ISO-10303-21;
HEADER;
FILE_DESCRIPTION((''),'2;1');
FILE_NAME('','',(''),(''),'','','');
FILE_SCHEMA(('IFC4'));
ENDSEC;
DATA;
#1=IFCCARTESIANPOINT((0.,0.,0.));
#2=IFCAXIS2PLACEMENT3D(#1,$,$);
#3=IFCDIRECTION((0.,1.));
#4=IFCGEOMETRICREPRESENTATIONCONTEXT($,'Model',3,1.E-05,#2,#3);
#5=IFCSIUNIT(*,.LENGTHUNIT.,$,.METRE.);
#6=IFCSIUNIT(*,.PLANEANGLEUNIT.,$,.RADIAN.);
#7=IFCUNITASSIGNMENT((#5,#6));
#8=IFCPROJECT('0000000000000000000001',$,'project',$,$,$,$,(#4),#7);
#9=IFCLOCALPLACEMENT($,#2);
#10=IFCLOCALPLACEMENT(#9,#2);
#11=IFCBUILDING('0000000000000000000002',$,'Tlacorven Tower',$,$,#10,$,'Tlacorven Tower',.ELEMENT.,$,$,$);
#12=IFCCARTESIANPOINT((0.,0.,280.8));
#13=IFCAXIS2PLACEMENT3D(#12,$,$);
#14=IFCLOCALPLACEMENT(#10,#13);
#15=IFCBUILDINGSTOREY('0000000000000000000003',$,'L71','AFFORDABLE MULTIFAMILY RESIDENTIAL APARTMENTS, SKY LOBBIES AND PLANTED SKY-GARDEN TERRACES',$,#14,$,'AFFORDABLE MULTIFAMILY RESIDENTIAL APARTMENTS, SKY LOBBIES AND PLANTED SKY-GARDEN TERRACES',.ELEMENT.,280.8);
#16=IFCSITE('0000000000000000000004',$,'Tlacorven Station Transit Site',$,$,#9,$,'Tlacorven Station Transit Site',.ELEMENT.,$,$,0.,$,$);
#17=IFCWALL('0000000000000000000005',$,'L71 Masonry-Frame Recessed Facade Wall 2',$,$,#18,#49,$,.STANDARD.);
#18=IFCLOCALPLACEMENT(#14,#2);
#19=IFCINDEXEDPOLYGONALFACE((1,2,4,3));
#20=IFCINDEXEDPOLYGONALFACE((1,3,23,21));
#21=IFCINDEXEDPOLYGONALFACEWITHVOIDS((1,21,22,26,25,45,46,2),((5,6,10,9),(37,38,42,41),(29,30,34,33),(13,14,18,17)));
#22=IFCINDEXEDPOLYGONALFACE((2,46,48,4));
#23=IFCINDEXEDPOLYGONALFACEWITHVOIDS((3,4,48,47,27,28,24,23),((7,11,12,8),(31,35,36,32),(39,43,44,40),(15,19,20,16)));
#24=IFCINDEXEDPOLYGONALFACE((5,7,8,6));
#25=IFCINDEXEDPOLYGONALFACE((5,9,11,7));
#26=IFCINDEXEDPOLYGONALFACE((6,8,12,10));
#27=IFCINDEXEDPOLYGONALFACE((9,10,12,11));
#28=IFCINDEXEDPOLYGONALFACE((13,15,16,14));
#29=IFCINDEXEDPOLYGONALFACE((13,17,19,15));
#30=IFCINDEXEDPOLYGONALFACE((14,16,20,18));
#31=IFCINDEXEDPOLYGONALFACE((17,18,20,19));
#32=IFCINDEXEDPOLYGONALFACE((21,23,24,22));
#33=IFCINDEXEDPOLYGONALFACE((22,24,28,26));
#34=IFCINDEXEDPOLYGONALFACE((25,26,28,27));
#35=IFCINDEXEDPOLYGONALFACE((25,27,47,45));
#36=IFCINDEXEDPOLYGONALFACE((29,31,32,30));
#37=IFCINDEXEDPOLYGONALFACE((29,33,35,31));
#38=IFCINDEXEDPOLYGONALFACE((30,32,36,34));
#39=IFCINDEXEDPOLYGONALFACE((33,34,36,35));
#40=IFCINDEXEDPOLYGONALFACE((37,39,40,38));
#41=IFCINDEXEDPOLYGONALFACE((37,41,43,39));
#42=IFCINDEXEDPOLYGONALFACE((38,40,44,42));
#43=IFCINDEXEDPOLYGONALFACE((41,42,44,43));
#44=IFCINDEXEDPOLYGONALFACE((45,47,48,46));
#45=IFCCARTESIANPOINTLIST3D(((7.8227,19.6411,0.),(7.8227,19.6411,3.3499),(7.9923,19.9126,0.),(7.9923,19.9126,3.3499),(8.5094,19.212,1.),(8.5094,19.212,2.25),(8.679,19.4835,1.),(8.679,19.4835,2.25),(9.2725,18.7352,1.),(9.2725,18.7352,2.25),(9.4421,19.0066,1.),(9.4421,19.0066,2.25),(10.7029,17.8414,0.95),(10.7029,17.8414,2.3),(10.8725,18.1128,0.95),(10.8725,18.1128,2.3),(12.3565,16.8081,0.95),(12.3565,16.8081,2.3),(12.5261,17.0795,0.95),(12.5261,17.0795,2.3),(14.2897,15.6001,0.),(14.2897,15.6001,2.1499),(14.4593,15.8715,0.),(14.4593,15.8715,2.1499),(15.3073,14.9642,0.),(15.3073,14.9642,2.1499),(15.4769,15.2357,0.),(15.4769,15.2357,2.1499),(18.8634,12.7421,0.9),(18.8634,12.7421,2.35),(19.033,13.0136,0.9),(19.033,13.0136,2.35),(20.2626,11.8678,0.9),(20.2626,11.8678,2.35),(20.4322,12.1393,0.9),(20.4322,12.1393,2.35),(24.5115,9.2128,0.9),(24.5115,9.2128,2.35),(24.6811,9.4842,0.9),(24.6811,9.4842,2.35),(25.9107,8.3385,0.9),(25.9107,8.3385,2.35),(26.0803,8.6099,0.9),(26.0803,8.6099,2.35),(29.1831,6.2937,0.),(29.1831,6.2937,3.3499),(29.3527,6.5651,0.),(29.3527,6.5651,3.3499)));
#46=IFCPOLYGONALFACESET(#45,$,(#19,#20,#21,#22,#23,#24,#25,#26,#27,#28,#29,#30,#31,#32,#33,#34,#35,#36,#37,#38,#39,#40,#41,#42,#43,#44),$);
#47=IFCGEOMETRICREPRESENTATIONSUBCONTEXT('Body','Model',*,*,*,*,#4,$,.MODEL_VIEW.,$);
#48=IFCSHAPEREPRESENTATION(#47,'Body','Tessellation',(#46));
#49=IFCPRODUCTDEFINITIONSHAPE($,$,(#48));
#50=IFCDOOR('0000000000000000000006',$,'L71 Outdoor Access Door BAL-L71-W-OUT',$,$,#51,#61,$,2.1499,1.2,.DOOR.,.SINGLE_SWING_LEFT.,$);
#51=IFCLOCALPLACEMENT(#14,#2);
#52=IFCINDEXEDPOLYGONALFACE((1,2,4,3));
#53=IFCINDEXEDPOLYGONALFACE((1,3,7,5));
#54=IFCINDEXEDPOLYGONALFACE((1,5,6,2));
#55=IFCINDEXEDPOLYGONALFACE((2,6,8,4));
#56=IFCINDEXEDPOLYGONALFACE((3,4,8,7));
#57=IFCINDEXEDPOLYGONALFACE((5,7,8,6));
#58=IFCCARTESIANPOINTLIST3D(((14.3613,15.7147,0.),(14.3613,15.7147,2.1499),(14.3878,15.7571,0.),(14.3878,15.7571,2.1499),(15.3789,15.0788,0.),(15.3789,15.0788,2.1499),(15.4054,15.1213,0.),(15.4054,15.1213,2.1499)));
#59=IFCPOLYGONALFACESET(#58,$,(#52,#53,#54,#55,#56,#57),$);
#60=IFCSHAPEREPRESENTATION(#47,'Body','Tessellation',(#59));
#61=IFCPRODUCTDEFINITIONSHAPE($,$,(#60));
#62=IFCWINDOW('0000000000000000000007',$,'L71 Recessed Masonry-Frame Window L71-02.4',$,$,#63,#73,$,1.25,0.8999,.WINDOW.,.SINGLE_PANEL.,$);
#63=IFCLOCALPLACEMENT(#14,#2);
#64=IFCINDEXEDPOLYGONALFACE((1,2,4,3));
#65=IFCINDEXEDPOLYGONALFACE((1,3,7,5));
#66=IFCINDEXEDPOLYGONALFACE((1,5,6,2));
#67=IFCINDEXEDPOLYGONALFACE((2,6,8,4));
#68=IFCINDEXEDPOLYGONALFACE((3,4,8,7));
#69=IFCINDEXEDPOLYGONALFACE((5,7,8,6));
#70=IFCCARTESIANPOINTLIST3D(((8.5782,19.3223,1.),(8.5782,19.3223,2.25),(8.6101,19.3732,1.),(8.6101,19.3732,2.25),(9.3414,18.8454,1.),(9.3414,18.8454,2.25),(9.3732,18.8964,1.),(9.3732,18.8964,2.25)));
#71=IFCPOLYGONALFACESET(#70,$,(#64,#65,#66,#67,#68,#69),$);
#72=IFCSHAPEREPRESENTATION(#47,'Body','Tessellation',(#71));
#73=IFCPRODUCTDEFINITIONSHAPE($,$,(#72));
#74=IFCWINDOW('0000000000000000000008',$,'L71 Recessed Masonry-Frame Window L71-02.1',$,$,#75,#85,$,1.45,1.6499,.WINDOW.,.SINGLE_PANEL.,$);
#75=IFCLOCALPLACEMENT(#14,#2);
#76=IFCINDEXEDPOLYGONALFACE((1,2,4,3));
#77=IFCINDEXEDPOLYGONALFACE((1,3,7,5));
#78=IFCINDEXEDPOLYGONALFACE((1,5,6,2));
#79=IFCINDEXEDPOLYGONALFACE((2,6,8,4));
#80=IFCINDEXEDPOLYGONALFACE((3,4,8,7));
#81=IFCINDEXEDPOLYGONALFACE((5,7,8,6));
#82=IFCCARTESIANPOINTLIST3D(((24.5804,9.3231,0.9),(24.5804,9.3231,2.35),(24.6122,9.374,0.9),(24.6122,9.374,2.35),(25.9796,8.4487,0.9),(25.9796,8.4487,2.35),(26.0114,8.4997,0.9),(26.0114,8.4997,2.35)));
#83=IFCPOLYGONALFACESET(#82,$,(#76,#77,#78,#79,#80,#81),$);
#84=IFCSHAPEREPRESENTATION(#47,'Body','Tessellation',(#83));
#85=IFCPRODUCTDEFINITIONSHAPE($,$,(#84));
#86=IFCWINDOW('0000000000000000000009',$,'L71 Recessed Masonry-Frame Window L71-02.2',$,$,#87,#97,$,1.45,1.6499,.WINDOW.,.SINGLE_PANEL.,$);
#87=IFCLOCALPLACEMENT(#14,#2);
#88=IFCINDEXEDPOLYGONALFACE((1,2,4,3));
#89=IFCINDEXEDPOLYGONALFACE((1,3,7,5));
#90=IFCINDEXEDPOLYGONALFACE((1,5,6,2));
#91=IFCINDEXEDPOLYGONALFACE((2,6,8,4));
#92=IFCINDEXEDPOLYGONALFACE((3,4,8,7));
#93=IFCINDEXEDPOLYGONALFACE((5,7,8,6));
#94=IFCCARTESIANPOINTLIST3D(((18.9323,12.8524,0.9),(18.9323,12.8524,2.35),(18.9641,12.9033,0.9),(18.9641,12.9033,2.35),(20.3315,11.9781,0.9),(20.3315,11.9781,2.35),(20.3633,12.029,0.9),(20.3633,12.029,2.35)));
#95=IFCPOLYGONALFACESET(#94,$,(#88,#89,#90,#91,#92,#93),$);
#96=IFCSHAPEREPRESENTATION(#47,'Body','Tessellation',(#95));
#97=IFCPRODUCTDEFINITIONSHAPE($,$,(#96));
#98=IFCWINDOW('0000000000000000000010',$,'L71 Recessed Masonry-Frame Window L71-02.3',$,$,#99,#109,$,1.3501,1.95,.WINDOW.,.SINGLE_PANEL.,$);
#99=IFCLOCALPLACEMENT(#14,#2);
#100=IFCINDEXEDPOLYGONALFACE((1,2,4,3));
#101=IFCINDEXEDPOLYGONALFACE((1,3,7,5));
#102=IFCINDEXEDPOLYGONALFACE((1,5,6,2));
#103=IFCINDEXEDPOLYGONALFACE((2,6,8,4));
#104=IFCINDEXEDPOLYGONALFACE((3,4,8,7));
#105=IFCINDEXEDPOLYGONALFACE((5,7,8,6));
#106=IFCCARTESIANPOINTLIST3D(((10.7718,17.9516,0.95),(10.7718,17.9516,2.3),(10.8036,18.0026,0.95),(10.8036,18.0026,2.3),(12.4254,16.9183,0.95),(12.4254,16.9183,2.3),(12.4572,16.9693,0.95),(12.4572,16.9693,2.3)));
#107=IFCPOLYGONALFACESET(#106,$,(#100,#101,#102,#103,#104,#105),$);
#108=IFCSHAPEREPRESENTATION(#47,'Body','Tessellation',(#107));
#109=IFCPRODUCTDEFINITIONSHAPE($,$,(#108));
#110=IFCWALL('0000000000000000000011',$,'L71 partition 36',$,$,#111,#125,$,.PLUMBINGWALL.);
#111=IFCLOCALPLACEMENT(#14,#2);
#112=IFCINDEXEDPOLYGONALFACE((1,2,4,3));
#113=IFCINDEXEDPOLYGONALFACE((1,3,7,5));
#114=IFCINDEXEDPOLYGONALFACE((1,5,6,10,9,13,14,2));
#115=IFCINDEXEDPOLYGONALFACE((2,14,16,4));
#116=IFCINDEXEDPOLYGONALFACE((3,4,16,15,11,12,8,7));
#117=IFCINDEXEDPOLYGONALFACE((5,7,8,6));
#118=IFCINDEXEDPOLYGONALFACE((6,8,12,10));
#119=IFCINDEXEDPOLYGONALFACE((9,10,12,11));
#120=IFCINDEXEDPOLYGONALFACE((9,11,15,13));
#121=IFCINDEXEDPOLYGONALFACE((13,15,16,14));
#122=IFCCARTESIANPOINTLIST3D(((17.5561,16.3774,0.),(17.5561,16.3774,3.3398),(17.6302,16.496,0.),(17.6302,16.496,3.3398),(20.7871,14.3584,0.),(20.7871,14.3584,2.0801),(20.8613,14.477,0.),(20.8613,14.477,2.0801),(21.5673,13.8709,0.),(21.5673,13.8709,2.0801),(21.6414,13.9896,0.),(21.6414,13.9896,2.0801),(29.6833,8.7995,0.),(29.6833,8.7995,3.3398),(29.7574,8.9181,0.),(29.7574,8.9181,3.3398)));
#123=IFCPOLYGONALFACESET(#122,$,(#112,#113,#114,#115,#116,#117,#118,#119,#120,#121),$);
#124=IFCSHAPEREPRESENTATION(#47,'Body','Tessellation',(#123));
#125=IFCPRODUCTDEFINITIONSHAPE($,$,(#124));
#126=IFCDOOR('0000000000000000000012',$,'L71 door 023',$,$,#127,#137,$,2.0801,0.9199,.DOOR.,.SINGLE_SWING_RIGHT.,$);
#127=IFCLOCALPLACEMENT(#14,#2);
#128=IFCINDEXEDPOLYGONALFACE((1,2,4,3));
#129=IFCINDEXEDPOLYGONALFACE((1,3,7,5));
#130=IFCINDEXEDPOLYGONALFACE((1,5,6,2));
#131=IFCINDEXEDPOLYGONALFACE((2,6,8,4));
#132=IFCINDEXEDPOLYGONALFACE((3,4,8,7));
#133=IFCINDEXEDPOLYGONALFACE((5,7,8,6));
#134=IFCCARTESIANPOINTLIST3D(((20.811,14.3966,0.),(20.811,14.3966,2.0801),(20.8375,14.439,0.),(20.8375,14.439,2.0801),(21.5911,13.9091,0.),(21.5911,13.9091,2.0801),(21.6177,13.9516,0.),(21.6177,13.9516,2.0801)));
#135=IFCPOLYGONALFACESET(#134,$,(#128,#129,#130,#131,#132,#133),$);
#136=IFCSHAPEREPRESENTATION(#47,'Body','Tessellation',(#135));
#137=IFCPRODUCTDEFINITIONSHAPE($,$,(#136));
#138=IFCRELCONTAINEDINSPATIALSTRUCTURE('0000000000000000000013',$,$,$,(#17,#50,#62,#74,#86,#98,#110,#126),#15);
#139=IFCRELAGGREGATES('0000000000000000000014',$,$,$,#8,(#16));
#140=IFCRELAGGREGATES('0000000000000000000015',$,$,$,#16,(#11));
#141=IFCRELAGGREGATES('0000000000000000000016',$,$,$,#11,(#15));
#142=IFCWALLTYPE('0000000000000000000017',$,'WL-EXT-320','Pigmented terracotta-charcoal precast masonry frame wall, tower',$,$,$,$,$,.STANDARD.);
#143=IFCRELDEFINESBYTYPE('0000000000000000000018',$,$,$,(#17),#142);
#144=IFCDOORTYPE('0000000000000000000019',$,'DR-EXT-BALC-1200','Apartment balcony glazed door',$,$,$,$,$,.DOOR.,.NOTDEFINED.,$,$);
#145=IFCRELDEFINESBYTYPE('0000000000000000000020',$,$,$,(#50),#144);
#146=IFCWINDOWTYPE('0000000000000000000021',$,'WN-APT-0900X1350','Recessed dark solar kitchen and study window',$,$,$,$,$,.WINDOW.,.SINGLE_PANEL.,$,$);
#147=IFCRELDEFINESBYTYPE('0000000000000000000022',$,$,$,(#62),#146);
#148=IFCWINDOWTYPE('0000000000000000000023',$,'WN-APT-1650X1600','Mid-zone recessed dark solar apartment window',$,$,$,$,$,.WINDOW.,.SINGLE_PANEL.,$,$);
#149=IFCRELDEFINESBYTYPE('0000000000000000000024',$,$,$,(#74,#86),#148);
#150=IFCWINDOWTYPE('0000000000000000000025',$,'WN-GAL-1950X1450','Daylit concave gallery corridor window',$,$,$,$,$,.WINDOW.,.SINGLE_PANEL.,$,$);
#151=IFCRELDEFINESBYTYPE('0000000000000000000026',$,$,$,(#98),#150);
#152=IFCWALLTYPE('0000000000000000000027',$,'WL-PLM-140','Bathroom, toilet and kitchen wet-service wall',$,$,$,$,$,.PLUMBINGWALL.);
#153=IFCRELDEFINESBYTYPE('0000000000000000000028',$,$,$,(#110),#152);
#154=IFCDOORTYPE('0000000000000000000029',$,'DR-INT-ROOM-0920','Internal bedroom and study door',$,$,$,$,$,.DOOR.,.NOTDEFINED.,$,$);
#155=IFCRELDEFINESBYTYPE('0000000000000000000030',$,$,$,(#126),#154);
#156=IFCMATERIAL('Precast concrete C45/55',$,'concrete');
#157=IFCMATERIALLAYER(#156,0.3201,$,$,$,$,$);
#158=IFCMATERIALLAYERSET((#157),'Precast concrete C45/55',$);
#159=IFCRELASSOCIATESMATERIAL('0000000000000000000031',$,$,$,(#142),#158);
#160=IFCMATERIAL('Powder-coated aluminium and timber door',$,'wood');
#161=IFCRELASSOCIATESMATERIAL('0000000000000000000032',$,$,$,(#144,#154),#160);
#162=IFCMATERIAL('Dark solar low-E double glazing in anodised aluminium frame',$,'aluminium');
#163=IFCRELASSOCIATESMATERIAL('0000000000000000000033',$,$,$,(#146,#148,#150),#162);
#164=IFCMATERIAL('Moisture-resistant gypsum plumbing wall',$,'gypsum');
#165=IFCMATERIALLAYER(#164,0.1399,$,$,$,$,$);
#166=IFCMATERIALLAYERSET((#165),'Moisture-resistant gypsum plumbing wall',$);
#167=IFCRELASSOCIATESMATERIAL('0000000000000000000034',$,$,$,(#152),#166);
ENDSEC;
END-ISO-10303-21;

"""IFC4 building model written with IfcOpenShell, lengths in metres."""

from ifc_helpers import new_model, si_unit, direction, frame, frame_2d, origin, place, context, subcontext, project, spatial, rectangle, extrude, source, transform, mapped, material, layer, layer_set, type_object, element, fill, save


model = new_model("IFC4")

# Units and contexts
model_context = context("Model", 3, precision=1e-05, world=origin(), true_north=direction((0.0, 1.0)))
body_context = subcontext(model_context, "Body", "Model", "MODEL_VIEW")
ifc_project = project(units=[si_unit("LENGTHUNIT", "METRE"), si_unit("PLANEANGLEUNIT", "RADIAN")], contexts=[model_context])

# Site, building, storey
site_placement = place(None, origin())
site = spatial("IfcSite", under=ifc_project, at=site_placement, Name="Tlacorven Station Transit Site", LongName="Tlacorven Station Transit Site", CompositionType="ELEMENT", RefElevation=0.0)
building_placement = place(site_placement, origin())
building = spatial("IfcBuilding", under=site, at=building_placement, Name="Tlacorven Tower", LongName="Tlacorven Tower", CompositionType="ELEMENT")
storey_placement = place(building_placement, frame((0.0, 0.0, 280.8)))
storey = spatial("IfcBuildingStorey", under=building, at=storey_placement, Name="L71", Description="AFFORDABLE MULTIFAMILY RESIDENTIAL APARTMENTS, SKY LOBBIES AND PLANTED SKY-GARDEN TERRACES", LongName="AFFORDABLE MULTIFAMILY RESIDENTIAL APARTMENTS, SKY LOBBIES AND PLANTED SKY-GARDEN TERRACES", CompositionType="ELEMENT", Elevation=280.8)

# Wall, openings, door, windows
ifc_material_1 = material(Name="Precast concrete C45/55", Category="concrete")
ifc_layer_1 = layer(ifc_material_1, 0.3201)
ifc_layer_set_1 = layer_set([ifc_layer_1], Name="Precast concrete C45/55")
wall_type_1 = type_object("IfcWallType", Name="WL-EXT-320", Description="Pigmented terracotta-charcoal precast masonry frame wall, tower", PredefinedType="STANDARD", material=ifc_layer_set_1)
wall_1_placement = place(storey_placement, frame((29.2678, 6.4294, 0.0), z_axis=(0.0, 0.0, 1.0), x_axis=(-0.848048, 0.529919, 0.0)))
wall_1 = element("IfcWall", 1, at=wall_1_placement, inside=storey, type_object=wall_type_1, Name="L71 Masonry-Frame Recessed Facade Wall 2", PredefinedType="STANDARD", context=body_context, shape_type="SweptSolid", body=[
    extrude(rectangle(XDim=25.1877, YDim=0.3201, at=frame_2d((12.5938, 0.0))), origin(), (0.0, 0.0, 1.0), 3.3499),
])
opening_1_placement = place(wall_1_placement, frame((16.3618, 0.0, 0.0)))
opening_1 = element("IfcOpeningElement", 2, at=opening_1_placement, cuts=wall_1, PredefinedType="OPENING", context=body_context, shape_type="SweptSolid", body=[
    extrude(rectangle(XDim=1.2, YDim=2.1499, at=frame_2d((0.6001, 1.075))), frame((0.0, 0.1699, 0.0), z_axis=(0.0, -1.0, 0.0), x_axis=(1.0, 0.0, 0.0)), (0.0, 0.0, 1.0), 0.3401),
])
opening_2_placement = place(wall_1_placement, frame((3.8586, 0.0, 0.8999)))
opening_2 = element("IfcOpeningElement", 3, at=opening_2_placement, cuts=wall_1, PredefinedType="OPENING", context=body_context, shape_type="SweptSolid", body=[
    extrude(rectangle(XDim=1.6499, YDim=1.45, at=frame_2d((0.825, 0.7251))), frame((0.0, 0.1699, 0.0), z_axis=(0.0, -1.0, 0.0), x_axis=(1.0, 0.0, 0.0)), (0.0, 0.0, 1.0), 0.3401),
])
opening_3_placement = place(wall_1_placement, frame((10.5188, 0.0, 0.8999)))
opening_3 = element("IfcOpeningElement", 4, at=opening_3_placement, cuts=wall_1, PredefinedType="OPENING", context=body_context, shape_type="SweptSolid", body=[
    extrude(rectangle(XDim=1.6499, YDim=1.45, at=frame_2d((0.825, 0.7251))), frame((0.0, 0.1699, 0.0), z_axis=(0.0, -1.0, 0.0), x_axis=(1.0, 0.0, 0.0)), (0.0, 0.0, 1.0), 0.3401),
])
opening_4_placement = place(wall_1_placement, frame((19.8413, 0.0, 0.95)))
opening_4 = element("IfcOpeningElement", 5, at=opening_4_placement, cuts=wall_1, PredefinedType="OPENING", context=body_context, shape_type="SweptSolid", body=[
    extrude(rectangle(XDim=1.95, YDim=1.3501, at=frame_2d((0.9751, 0.675))), frame((0.0, 0.1699, 0.0), z_axis=(0.0, -1.0, 0.0), x_axis=(1.0, 0.0, 0.0)), (0.0, 0.0, 1.0), 0.3401),
])
opening_5_placement = place(wall_1_placement, frame((23.478, 0.0, 1.0)))
opening_5 = element("IfcOpeningElement", 6, at=opening_5_placement, cuts=wall_1, PredefinedType="OPENING", context=body_context, shape_type="SweptSolid", body=[
    extrude(rectangle(XDim=0.8999, YDim=1.25, at=frame_2d((0.45, 0.625))), frame((0.0, 0.1699, 0.0), z_axis=(0.0, -1.0, 0.0), x_axis=(1.0, 0.0, 0.0)), (0.0, 0.0, 1.0), 0.3401),
])
ifc_material_2 = material(Name="Powder-coated aluminium and timber door", Category="wood")
door_type_1 = type_object("IfcDoorType", Name="DR-EXT-BALC-1200", Description="Apartment balcony glazed door", OperationType="NOTDEFINED", PredefinedType="DOOR", material=ifc_material_2)
shared_shape_1 = source(origin(), body_context, "Body", "SweptSolid", [
    extrude(rectangle(XDim=1.2, YDim=2.1499, at=frame_2d((0.6001, 1.075))), frame((0.0, 0.0249, 0.0), z_axis=(0.0, -1.0, 0.0), x_axis=(1.0, 0.0, 0.0)), (0.0, 0.0, 1.0), 0.05),
])
door_1_placement = place(opening_1_placement, origin())
door_1 = element("IfcDoor", 7, at=door_1_placement, inside=storey, type_object=door_type_1, Name="L71 Outdoor Access Door BAL-L71-W-OUT", OperationType="SINGLE_SWING_LEFT", OverallHeight=2.1499, OverallWidth=1.2, PredefinedType="DOOR", context=body_context, shape_type="MappedRepresentation", body=[
    mapped(shared_shape_1, transform((0.0, 0.0, 0.0), scale=1.0)),
])
fill(opening_1, door_1)
ifc_material_3 = material(Name="Dark solar low-E double glazing in anodised aluminium frame", Category="aluminium")
window_type_1 = type_object("IfcWindowType", Name="WN-APT-0900X1350", Description="Recessed dark solar kitchen and study window", PartitioningType="SINGLE_PANEL", PredefinedType="WINDOW", material=ifc_material_3)
shared_shape_2 = source(origin(), body_context, "Body", "SweptSolid", [
    extrude(rectangle(XDim=0.8999, YDim=1.25, at=frame_2d((0.45, 0.625))), frame((0.0, 0.03, 0.0), z_axis=(0.0, -1.0, 0.0), x_axis=(1.0, 0.0, 0.0)), (0.0, 0.0, 1.0), 0.0601),
])
window_1_placement = place(opening_5_placement, origin())
window_1 = element("IfcWindow", 8, at=window_1_placement, inside=storey, type_object=window_type_1, Name="L71 Recessed Masonry-Frame Window L71-02.4", OverallHeight=1.25, OverallWidth=0.8999, PartitioningType="SINGLE_PANEL", PredefinedType="WINDOW", context=body_context, shape_type="MappedRepresentation", body=[
    mapped(shared_shape_2, transform((0.0, 0.0, 0.0), scale=1.0)),
])
fill(opening_5, window_1)
window_type_2 = type_object("IfcWindowType", Name="WN-APT-1650X1600", Description="Mid-zone recessed dark solar apartment window", PartitioningType="SINGLE_PANEL", PredefinedType="WINDOW", material=ifc_material_3)
shared_shape_3 = source(origin(), body_context, "Body", "SweptSolid", [
    extrude(rectangle(XDim=1.6499, YDim=1.45, at=frame_2d((0.825, 0.7251))), frame((0.0, 0.03, 0.0), z_axis=(0.0, -1.0, 0.0), x_axis=(1.0, 0.0, 0.0)), (0.0, 0.0, 1.0), 0.0601),
])
window_2_placement = place(opening_2_placement, origin())
window_2 = element("IfcWindow", 9, at=window_2_placement, inside=storey, type_object=window_type_2, Name="L71 Recessed Masonry-Frame Window L71-02.1", OverallHeight=1.45, OverallWidth=1.6499, PartitioningType="SINGLE_PANEL", PredefinedType="WINDOW", context=body_context, shape_type="MappedRepresentation", body=[
    mapped(shared_shape_3, transform((0.0, 0.0, 0.0), scale=1.0)),
])
fill(opening_2, window_2)
window_3_placement = place(opening_3_placement, origin())
window_3 = element("IfcWindow", 10, at=window_3_placement, inside=storey, type_object=window_type_2, Name="L71 Recessed Masonry-Frame Window L71-02.2", OverallHeight=1.45, OverallWidth=1.6499, PartitioningType="SINGLE_PANEL", PredefinedType="WINDOW", context=body_context, shape_type="MappedRepresentation", body=[
    mapped(shared_shape_3, transform((0.0, 0.0, 0.0), scale=1.0)),
])
fill(opening_3, window_3)
window_type_3 = type_object("IfcWindowType", Name="WN-GAL-1950X1450", Description="Daylit concave gallery corridor window", PartitioningType="SINGLE_PANEL", PredefinedType="WINDOW", material=ifc_material_3)
shared_shape_4 = source(origin(), body_context, "Body", "SweptSolid", [
    extrude(rectangle(XDim=1.95, YDim=1.3501, at=frame_2d((0.9751, 0.675))), frame((0.0, 0.03, 0.0), z_axis=(0.0, -1.0, 0.0), x_axis=(1.0, 0.0, 0.0)), (0.0, 0.0, 1.0), 0.0601),
])
window_4_placement = place(opening_4_placement, origin())
window_4 = element("IfcWindow", 11, at=window_4_placement, inside=storey, type_object=window_type_3, Name="L71 Recessed Masonry-Frame Window L71-02.3", OverallHeight=1.3501, OverallWidth=1.95, PartitioningType="SINGLE_PANEL", PredefinedType="WINDOW", context=body_context, shape_type="MappedRepresentation", body=[
    mapped(shared_shape_4, transform((0.0, 0.0, 0.0), scale=1.0)),
])
fill(opening_4, window_4)

# Wall, opening, door
ifc_material_4 = material(Name="Moisture-resistant gypsum plumbing wall", Category="gypsum")
ifc_layer_2 = layer(ifc_material_4, 0.1399)
ifc_layer_set_2 = layer_set([ifc_layer_2], Name="Moisture-resistant gypsum plumbing wall")
wall_type_2 = type_object("IfcWallType", Name="WL-PLM-140", Description="Bathroom, toilet and kitchen wet-service wall", PredefinedType="PLUMBINGWALL", material=ifc_layer_set_2)
wall_2_placement = place(storey_placement, frame((29.7202, 8.8589, 0.0), z_axis=(0.0, 0.0, 1.0), x_axis=(-0.848049, 0.529918, 0.0)))
wall_2 = element("IfcWall", 12, at=wall_2_placement, inside=storey, type_object=wall_type_2, Name="L71 partition 36", PredefinedType="PLUMBINGWALL", context=body_context, shape_type="SweptSolid", body=[
    extrude(rectangle(XDim=14.3, YDim=0.1399, at=frame_2d((7.1499, 0.0))), origin(), (0.0, 0.0, 1.0), 3.3398),
])
opening_6_placement = place(wall_2_placement, frame((9.5701, 0.0, 0.0)))
opening_6 = element("IfcOpeningElement", 13, at=opening_6_placement, cuts=wall_2, PredefinedType="OPENING", context=body_context, shape_type="SweptSolid", body=[
    extrude(rectangle(XDim=0.9199, YDim=2.0801, at=frame_2d((0.46, 1.04))), frame((0.0, 0.0801, 0.0), z_axis=(0.0, -1.0, 0.0), x_axis=(1.0, 0.0, 0.0)), (0.0, 0.0, 1.0), 0.1599),
])
door_type_2 = type_object("IfcDoorType", Name="DR-INT-ROOM-0920", Description="Internal bedroom and study door", OperationType="NOTDEFINED", PredefinedType="DOOR", material=ifc_material_2)
shared_shape_5 = source(origin(), body_context, "Body", "SweptSolid", [
    extrude(rectangle(XDim=0.9199, YDim=2.0801, at=frame_2d((0.46, 1.04))), frame((0.0, 0.0249, 0.0), z_axis=(0.0, -1.0, 0.0), x_axis=(1.0, 0.0, 0.0)), (0.0, 0.0, 1.0), 0.05),
])
door_2_placement = place(opening_6_placement, origin())
door_2 = element("IfcDoor", 14, at=door_2_placement, inside=storey, type_object=door_type_2, Name="L71 door 023", OperationType="SINGLE_SWING_RIGHT", OverallHeight=2.0801, OverallWidth=0.9199, PredefinedType="DOOR", context=body_context, shape_type="MappedRepresentation", body=[
    mapped(shared_shape_5, transform((0.0, 0.0, 0.0), scale=1.0)),
])
fill(opening_6, door_2)

save(model, "model.ifc")
